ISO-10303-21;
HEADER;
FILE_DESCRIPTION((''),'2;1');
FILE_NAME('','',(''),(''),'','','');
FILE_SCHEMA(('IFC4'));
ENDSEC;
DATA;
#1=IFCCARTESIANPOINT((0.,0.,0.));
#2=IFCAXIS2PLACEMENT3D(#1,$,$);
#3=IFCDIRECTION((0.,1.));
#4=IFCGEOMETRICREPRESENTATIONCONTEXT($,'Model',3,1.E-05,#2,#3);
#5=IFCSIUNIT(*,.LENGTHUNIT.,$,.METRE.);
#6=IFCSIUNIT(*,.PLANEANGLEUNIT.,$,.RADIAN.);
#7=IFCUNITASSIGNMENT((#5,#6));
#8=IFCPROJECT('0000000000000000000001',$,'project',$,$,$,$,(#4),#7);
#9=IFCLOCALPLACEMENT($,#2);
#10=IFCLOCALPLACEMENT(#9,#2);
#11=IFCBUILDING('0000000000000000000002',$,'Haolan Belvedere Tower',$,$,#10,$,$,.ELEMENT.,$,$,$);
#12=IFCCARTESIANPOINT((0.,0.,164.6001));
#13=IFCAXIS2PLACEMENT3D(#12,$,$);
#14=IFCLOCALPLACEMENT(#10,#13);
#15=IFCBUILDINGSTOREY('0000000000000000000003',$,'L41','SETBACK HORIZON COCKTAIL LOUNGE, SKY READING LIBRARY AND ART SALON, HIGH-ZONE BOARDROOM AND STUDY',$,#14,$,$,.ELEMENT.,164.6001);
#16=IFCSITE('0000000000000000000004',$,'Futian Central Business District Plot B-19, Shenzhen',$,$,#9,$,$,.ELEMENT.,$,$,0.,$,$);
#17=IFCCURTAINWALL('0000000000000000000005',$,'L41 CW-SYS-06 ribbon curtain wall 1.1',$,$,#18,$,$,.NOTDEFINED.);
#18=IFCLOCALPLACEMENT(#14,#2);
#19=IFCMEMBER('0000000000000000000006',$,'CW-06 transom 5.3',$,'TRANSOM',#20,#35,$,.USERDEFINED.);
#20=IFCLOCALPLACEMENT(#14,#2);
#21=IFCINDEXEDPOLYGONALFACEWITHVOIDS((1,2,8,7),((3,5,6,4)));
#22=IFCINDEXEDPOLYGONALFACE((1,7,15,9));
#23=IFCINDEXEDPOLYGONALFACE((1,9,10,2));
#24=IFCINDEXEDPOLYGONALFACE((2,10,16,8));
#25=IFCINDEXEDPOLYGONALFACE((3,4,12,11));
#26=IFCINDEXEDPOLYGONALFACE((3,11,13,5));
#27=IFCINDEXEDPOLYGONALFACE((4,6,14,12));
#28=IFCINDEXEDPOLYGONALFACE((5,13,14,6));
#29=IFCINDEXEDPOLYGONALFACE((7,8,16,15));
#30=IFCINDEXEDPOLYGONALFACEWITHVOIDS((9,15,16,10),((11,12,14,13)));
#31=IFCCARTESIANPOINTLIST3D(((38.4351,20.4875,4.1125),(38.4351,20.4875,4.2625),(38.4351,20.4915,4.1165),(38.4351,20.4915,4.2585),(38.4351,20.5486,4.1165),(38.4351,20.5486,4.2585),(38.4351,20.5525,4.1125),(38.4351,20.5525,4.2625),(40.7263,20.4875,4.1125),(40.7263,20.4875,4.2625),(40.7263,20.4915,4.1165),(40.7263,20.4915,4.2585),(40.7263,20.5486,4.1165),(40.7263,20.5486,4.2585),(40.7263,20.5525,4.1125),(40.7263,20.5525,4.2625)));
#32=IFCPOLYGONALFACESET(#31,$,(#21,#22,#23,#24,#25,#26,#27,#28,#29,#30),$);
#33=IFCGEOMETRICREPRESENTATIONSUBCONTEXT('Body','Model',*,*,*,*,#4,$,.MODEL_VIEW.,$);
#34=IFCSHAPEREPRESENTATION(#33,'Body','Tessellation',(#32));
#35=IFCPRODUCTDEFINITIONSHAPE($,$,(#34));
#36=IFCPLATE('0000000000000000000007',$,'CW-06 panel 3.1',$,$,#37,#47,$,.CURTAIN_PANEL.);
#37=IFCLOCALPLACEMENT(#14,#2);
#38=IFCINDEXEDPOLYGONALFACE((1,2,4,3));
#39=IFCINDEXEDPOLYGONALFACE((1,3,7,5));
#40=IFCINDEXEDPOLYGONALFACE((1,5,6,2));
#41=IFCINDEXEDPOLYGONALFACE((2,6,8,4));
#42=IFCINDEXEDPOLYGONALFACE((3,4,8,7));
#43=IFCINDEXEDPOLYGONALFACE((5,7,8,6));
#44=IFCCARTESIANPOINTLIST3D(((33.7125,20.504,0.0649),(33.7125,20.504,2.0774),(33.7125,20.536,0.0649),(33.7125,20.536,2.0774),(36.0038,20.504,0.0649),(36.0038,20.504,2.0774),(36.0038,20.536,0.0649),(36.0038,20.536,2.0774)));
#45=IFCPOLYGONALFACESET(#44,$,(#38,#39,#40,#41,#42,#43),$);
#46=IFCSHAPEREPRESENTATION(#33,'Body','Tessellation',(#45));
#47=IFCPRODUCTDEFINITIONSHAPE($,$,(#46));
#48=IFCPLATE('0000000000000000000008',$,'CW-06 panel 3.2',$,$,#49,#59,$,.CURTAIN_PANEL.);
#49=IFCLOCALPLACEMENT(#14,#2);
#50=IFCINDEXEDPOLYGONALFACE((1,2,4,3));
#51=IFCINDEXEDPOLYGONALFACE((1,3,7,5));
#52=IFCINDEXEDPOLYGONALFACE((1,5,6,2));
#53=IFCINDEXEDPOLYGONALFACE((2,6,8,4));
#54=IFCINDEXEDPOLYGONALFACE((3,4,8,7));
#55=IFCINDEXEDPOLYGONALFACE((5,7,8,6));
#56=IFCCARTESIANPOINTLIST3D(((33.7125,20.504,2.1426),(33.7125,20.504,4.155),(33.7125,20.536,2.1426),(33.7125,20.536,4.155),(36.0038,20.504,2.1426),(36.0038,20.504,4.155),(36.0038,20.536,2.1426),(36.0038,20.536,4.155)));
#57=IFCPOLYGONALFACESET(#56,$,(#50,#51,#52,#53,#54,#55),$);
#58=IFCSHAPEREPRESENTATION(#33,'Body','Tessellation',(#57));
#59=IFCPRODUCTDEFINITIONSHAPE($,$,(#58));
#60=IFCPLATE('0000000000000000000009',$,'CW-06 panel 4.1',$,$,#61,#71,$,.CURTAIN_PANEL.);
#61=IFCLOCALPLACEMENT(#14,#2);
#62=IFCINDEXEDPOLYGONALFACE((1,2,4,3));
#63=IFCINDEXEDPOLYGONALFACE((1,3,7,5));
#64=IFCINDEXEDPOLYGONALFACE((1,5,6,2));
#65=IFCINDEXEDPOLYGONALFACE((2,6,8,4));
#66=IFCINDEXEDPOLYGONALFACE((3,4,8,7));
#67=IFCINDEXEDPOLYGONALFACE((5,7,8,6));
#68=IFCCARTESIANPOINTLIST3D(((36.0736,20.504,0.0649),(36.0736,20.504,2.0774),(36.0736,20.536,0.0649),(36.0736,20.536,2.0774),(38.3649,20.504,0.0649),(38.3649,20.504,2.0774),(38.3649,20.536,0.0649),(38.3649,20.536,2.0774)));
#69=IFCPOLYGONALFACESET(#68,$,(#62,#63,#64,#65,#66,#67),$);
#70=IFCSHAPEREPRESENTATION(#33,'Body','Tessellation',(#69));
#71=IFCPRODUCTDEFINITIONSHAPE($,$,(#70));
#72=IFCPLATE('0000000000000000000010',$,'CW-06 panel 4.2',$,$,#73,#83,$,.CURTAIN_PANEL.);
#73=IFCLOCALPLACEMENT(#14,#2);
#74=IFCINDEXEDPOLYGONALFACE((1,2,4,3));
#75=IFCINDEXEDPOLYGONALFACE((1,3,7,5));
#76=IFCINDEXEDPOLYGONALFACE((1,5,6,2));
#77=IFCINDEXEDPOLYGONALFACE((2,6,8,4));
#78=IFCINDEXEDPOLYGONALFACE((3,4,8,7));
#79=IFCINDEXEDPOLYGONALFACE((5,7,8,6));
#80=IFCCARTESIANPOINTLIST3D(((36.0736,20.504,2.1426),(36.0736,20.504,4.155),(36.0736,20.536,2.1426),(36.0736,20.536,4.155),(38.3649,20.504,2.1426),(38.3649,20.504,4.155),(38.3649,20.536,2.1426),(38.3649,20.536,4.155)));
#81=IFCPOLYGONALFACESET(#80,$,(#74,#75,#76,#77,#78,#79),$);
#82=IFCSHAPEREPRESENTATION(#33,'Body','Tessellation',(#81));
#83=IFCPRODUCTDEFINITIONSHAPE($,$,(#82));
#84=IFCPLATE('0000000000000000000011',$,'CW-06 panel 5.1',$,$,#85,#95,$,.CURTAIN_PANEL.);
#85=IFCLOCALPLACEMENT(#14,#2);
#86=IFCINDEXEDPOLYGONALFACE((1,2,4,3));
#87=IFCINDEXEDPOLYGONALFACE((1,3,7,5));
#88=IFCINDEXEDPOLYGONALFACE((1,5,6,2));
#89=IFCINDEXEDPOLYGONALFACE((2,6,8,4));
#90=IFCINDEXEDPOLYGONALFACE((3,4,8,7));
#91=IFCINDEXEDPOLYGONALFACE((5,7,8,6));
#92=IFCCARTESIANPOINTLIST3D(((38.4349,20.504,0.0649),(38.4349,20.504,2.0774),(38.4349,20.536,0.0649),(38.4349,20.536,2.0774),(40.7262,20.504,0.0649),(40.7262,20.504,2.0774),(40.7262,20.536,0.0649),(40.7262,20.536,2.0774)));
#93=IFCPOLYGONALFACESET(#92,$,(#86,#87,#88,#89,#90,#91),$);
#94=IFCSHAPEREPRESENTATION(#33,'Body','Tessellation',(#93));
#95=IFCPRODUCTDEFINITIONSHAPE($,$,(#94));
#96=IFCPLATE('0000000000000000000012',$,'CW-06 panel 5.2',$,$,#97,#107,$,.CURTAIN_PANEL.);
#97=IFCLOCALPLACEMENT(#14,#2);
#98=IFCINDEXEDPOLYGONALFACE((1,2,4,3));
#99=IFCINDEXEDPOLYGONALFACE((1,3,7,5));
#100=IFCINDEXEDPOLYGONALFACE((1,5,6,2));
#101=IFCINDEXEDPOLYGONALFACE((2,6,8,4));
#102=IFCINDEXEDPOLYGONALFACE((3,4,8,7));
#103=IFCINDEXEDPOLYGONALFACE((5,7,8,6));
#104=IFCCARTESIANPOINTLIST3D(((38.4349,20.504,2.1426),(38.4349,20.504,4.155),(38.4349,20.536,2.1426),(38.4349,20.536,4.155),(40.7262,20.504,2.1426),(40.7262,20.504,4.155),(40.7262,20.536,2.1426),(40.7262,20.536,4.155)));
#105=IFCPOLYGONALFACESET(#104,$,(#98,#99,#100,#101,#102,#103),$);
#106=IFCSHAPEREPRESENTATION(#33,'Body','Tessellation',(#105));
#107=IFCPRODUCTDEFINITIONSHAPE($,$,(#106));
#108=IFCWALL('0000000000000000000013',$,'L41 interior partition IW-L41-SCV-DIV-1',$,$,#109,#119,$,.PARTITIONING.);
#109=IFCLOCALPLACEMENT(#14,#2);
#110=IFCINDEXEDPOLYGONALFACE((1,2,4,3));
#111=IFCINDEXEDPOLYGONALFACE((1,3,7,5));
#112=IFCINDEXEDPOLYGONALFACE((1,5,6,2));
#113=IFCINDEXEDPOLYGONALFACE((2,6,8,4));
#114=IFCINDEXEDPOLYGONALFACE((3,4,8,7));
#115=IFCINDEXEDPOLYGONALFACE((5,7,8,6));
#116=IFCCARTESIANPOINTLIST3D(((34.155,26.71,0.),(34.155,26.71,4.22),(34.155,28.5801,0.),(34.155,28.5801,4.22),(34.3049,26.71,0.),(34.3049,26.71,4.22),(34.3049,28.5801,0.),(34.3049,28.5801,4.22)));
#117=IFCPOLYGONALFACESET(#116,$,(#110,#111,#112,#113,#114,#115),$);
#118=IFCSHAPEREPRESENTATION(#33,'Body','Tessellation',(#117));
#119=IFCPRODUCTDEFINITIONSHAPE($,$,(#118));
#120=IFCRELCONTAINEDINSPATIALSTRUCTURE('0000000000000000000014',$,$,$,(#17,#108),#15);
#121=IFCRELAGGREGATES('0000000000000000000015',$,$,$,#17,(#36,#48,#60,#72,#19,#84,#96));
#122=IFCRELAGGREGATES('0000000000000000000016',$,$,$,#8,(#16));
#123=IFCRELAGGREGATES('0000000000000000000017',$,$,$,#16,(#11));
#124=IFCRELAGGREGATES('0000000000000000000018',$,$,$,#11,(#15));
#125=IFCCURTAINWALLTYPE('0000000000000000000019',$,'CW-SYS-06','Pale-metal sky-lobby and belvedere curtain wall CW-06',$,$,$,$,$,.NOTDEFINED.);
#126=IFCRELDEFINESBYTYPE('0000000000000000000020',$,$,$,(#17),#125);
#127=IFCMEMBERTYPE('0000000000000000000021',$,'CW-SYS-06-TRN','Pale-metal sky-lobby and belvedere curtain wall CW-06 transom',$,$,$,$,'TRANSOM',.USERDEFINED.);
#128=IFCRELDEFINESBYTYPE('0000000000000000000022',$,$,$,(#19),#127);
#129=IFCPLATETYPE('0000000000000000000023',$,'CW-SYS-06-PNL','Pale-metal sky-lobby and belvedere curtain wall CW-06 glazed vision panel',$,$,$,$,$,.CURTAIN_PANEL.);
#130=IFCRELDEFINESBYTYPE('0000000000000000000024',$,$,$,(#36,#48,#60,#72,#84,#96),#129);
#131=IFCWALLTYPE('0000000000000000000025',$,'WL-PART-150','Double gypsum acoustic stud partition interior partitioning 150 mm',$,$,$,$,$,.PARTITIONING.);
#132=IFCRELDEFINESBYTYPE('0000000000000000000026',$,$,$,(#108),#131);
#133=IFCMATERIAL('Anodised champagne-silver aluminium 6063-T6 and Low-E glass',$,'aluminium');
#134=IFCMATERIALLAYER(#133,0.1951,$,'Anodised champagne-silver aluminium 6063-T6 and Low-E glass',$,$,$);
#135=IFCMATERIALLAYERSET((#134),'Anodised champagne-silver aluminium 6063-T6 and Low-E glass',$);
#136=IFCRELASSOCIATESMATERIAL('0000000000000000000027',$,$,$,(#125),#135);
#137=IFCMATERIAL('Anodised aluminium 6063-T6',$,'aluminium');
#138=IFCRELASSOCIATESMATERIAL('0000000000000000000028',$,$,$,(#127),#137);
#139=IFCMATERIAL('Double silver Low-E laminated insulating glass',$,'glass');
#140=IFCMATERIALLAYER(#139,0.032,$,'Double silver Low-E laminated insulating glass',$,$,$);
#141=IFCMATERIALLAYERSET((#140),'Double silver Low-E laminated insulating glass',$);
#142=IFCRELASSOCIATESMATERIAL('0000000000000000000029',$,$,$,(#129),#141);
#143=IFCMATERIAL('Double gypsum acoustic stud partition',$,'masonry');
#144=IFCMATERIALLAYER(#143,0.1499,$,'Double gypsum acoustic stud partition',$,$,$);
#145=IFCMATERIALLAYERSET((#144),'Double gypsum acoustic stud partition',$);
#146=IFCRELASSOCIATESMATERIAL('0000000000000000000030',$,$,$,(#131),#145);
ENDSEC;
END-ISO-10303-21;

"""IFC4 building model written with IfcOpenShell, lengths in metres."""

from ifc_helpers import new_model, si_unit, direction, frame, frame_2d, origin, origin_2d, place, context, subcontext, project, spatial, rectangle, hollow_rectangle, extrude, material, layer, layer_set, material_profile, profile_set, type_object, element, aggregate, save


model = new_model("IFC4")

# Units and contexts
model_context = context("Model", 3, precision=1e-05, world=origin(), true_north=direction((0.0, 1.0)))
body_context = subcontext(model_context, "Body", "Model", "MODEL_VIEW")
ifc_project = project(units=[si_unit("LENGTHUNIT", "METRE"), si_unit("PLANEANGLEUNIT", "RADIAN")], contexts=[model_context])

# Site, building, storey
site_placement = place(None, origin())
site = spatial("IfcSite", under=ifc_project, at=site_placement, Name="Futian Central Business District Plot B-19, Shenzhen", CompositionType="ELEMENT", RefElevation=0.0)
building_placement = place(site_placement, origin())
building = spatial("IfcBuilding", under=site, at=building_placement, Name="Haolan Belvedere Tower", CompositionType="ELEMENT")
storey_placement = place(building_placement, frame((0.0, 0.0, 164.6001)))
storey = spatial("IfcBuildingStorey", under=building, at=storey_placement, Name="L41", Description="SETBACK HORIZON COCKTAIL LOUNGE, SKY READING LIBRARY AND ART SALON, HIGH-ZONE BOARDROOM AND STUDY", CompositionType="ELEMENT", Elevation=164.6001)

# Curtain wall, member, plates
ifc_material_1 = material(Name="Anodised champagne-silver aluminium 6063-T6 and Low-E glass", Category="aluminium")
ifc_layer_1 = layer(ifc_material_1, 0.1951, Name="Anodised champagne-silver aluminium 6063-T6 and Low-E glass")
ifc_layer_set_1 = layer_set([ifc_layer_1], Name="Anodised champagne-silver aluminium 6063-T6 and Low-E glass")
curtain_wall_type = type_object("IfcCurtainWallType", Name="CW-SYS-06", Description="Pale-metal sky-lobby and belvedere curtain wall CW-06", PredefinedType="NOTDEFINED", material=ifc_layer_set_1)
curtain_wall_placement = place(storey_placement, origin())
curtain_wall = element("IfcCurtainWall", 1, at=curtain_wall_placement, inside=storey, type_object=curtain_wall_type, Name="L41 CW-SYS-06 ribbon curtain wall 1.1", PredefinedType="NOTDEFINED")
ifc_material_2 = material(Name="Anodised aluminium 6063-T6", Category="aluminium")
ifc_material_profile_1 = material_profile(ifc_material_2, hollow_rectangle(XDim=0.0649, YDim=0.1499, WallThickness=0.0039, at=origin_2d()), Name="Anodised aluminium 6063-T6")
ifc_profile_set_1 = profile_set([ifc_material_profile_1], Name="Anodised aluminium 6063-T6")
member_type_1 = type_object("IfcMemberType", Name="CW-SYS-06-TRN", Description="Pale-metal sky-lobby and belvedere curtain wall CW-06 transom", ElementType="TRANSOM", PredefinedType="USERDEFINED", material=ifc_profile_set_1)
member_1_placement = place(storey_placement, frame((38.4351, 20.52, 4.1875), z_axis=(1.0, 0.0, 0.0), x_axis=(0.0, 1.0, 0.0)))
member_1 = element("IfcMember", 2, at=member_1_placement, type_object=member_type_1, Name="CW-06 transom 5.3", ObjectType="TRANSOM", PredefinedType="USERDEFINED", context=body_context, shape_type="SweptSolid", body=[
    extrude(hollow_rectangle(XDim=0.0649, YDim=0.1499, WallThickness=0.0039, at=origin_2d()), origin(), (0.0, 0.0, 1.0), 2.2913),
])
ifc_material_3 = material(Name="Double silver Low-E laminated insulating glass", Category="glass")
ifc_layer_2 = layer(ifc_material_3, 0.032, Name="Double silver Low-E laminated insulating glass")
ifc_layer_set_2 = layer_set([ifc_layer_2], Name="Double silver Low-E laminated insulating glass")
plate_type = type_object("IfcPlateType", Name="CW-SYS-06-PNL", Description="Pale-metal sky-lobby and belvedere curtain wall CW-06 glazed vision panel", PredefinedType="CURTAIN_PANEL", material=ifc_layer_set_2)
plate_1_placement = place(storey_placement, frame((34.8582, 20.52, 0.0649), z_axis=(0.0, 0.0, 1.0), x_axis=(1.0, 0.0, 0.0)))
plate_1 = element("IfcPlate", 3, at=plate_1_placement, type_object=plate_type, Name="CW-06 panel 3.1", PredefinedType="CURTAIN_PANEL", context=body_context, shape_type="SweptSolid", body=[
    extrude(rectangle(XDim=2.2913, YDim=0.032, at=origin_2d()), origin(), (0.0, 0.0, 1.0), 2.0125),
])
plate_2_placement = place(storey_placement, frame((34.8582, 20.52, 2.1426), z_axis=(0.0, 0.0, 1.0), x_axis=(1.0, 0.0, 0.0)))
plate_2 = element("IfcPlate", 4, at=plate_2_placement, type_object=plate_type, Name="CW-06 panel 3.2", PredefinedType="CURTAIN_PANEL", context=body_context, shape_type="SweptSolid", body=[
    extrude(rectangle(XDim=2.2913, YDim=0.032, at=origin_2d()), origin(), (0.0, 0.0, 1.0), 2.0125),
])
plate_3_placement = place(storey_placement, frame((37.2192, 20.52, 0.0649), z_axis=(0.0, 0.0, 1.0), x_axis=(1.0, 0.0, 0.0)))
plate_3 = element("IfcPlate", 5, at=plate_3_placement, type_object=plate_type, Name="CW-06 panel 4.1", PredefinedType="CURTAIN_PANEL", context=body_context, shape_type="SweptSolid", body=[
    extrude(rectangle(XDim=2.2913, YDim=0.032, at=origin_2d()), origin(), (0.0, 0.0, 1.0), 2.0125),
])
plate_4_placement = place(storey_placement, frame((37.2192, 20.52, 2.1426), z_axis=(0.0, 0.0, 1.0), x_axis=(1.0, 0.0, 0.0)))
plate_4 = element("IfcPlate", 6, at=plate_4_placement, type_object=plate_type, Name="CW-06 panel 4.2", PredefinedType="CURTAIN_PANEL", context=body_context, shape_type="SweptSolid", body=[
    extrude(rectangle(XDim=2.2913, YDim=0.032, at=origin_2d()), origin(), (0.0, 0.0, 1.0), 2.0125),
])
plate_5_placement = place(storey_placement, frame((39.5806, 20.52, 0.0649), z_axis=(0.0, 0.0, 1.0), x_axis=(1.0, 0.0, 0.0)))
plate_5 = element("IfcPlate", 7, at=plate_5_placement, type_object=plate_type, Name="CW-06 panel 5.1", PredefinedType="CURTAIN_PANEL", context=body_context, shape_type="SweptSolid", body=[
    extrude(rectangle(XDim=2.2913, YDim=0.032, at=origin_2d()), origin(), (0.0, 0.0, 1.0), 2.0125),
])
plate_6_placement = place(storey_placement, frame((39.5806, 20.52, 2.1426), z_axis=(0.0, 0.0, 1.0), x_axis=(1.0, 0.0, 0.0)))
plate_6 = element("IfcPlate", 8, at=plate_6_placement, type_object=plate_type, Name="CW-06 panel 5.2", PredefinedType="CURTAIN_PANEL", context=body_context, shape_type="SweptSolid", body=[
    extrude(rectangle(XDim=2.2913, YDim=0.032, at=origin_2d()), origin(), (0.0, 0.0, 1.0), 2.0125),
])
aggregate(curtain_wall, [plate_1, plate_2, plate_3, plate_4, member_1, plate_5, plate_6])

# Wall
ifc_material_4 = material(Name="Double gypsum acoustic stud partition", Category="masonry")
ifc_layer_3 = layer(ifc_material_4, 0.1499, Name="Double gypsum acoustic stud partition")
ifc_layer_set_3 = layer_set([ifc_layer_3], Name="Double gypsum acoustic stud partition")
wall_type = type_object("IfcWallType", Name="WL-PART-150", Description="Double gypsum acoustic stud partition interior partitioning 150 mm", PredefinedType="PARTITIONING", material=ifc_layer_set_3)
wall_placement = place(storey_placement, frame((34.23, 26.71, 0.0), z_axis=(0.0, 0.0, 1.0), x_axis=(0.0, 1.0, 0.0)))
element("IfcWall", 9, at=wall_placement, inside=storey, type_object=wall_type, Name="L41 interior partition IW-L41-SCV-DIV-1", PredefinedType="PARTITIONING", context=body_context, shape_type="SweptSolid", body=[
    extrude(rectangle(XDim=1.8701, YDim=0.1499, at=frame_2d((0.9351, 0.0))), origin(), (0.0, 0.0, 1.0), 4.22),
])

save(model, "model.ifc")
